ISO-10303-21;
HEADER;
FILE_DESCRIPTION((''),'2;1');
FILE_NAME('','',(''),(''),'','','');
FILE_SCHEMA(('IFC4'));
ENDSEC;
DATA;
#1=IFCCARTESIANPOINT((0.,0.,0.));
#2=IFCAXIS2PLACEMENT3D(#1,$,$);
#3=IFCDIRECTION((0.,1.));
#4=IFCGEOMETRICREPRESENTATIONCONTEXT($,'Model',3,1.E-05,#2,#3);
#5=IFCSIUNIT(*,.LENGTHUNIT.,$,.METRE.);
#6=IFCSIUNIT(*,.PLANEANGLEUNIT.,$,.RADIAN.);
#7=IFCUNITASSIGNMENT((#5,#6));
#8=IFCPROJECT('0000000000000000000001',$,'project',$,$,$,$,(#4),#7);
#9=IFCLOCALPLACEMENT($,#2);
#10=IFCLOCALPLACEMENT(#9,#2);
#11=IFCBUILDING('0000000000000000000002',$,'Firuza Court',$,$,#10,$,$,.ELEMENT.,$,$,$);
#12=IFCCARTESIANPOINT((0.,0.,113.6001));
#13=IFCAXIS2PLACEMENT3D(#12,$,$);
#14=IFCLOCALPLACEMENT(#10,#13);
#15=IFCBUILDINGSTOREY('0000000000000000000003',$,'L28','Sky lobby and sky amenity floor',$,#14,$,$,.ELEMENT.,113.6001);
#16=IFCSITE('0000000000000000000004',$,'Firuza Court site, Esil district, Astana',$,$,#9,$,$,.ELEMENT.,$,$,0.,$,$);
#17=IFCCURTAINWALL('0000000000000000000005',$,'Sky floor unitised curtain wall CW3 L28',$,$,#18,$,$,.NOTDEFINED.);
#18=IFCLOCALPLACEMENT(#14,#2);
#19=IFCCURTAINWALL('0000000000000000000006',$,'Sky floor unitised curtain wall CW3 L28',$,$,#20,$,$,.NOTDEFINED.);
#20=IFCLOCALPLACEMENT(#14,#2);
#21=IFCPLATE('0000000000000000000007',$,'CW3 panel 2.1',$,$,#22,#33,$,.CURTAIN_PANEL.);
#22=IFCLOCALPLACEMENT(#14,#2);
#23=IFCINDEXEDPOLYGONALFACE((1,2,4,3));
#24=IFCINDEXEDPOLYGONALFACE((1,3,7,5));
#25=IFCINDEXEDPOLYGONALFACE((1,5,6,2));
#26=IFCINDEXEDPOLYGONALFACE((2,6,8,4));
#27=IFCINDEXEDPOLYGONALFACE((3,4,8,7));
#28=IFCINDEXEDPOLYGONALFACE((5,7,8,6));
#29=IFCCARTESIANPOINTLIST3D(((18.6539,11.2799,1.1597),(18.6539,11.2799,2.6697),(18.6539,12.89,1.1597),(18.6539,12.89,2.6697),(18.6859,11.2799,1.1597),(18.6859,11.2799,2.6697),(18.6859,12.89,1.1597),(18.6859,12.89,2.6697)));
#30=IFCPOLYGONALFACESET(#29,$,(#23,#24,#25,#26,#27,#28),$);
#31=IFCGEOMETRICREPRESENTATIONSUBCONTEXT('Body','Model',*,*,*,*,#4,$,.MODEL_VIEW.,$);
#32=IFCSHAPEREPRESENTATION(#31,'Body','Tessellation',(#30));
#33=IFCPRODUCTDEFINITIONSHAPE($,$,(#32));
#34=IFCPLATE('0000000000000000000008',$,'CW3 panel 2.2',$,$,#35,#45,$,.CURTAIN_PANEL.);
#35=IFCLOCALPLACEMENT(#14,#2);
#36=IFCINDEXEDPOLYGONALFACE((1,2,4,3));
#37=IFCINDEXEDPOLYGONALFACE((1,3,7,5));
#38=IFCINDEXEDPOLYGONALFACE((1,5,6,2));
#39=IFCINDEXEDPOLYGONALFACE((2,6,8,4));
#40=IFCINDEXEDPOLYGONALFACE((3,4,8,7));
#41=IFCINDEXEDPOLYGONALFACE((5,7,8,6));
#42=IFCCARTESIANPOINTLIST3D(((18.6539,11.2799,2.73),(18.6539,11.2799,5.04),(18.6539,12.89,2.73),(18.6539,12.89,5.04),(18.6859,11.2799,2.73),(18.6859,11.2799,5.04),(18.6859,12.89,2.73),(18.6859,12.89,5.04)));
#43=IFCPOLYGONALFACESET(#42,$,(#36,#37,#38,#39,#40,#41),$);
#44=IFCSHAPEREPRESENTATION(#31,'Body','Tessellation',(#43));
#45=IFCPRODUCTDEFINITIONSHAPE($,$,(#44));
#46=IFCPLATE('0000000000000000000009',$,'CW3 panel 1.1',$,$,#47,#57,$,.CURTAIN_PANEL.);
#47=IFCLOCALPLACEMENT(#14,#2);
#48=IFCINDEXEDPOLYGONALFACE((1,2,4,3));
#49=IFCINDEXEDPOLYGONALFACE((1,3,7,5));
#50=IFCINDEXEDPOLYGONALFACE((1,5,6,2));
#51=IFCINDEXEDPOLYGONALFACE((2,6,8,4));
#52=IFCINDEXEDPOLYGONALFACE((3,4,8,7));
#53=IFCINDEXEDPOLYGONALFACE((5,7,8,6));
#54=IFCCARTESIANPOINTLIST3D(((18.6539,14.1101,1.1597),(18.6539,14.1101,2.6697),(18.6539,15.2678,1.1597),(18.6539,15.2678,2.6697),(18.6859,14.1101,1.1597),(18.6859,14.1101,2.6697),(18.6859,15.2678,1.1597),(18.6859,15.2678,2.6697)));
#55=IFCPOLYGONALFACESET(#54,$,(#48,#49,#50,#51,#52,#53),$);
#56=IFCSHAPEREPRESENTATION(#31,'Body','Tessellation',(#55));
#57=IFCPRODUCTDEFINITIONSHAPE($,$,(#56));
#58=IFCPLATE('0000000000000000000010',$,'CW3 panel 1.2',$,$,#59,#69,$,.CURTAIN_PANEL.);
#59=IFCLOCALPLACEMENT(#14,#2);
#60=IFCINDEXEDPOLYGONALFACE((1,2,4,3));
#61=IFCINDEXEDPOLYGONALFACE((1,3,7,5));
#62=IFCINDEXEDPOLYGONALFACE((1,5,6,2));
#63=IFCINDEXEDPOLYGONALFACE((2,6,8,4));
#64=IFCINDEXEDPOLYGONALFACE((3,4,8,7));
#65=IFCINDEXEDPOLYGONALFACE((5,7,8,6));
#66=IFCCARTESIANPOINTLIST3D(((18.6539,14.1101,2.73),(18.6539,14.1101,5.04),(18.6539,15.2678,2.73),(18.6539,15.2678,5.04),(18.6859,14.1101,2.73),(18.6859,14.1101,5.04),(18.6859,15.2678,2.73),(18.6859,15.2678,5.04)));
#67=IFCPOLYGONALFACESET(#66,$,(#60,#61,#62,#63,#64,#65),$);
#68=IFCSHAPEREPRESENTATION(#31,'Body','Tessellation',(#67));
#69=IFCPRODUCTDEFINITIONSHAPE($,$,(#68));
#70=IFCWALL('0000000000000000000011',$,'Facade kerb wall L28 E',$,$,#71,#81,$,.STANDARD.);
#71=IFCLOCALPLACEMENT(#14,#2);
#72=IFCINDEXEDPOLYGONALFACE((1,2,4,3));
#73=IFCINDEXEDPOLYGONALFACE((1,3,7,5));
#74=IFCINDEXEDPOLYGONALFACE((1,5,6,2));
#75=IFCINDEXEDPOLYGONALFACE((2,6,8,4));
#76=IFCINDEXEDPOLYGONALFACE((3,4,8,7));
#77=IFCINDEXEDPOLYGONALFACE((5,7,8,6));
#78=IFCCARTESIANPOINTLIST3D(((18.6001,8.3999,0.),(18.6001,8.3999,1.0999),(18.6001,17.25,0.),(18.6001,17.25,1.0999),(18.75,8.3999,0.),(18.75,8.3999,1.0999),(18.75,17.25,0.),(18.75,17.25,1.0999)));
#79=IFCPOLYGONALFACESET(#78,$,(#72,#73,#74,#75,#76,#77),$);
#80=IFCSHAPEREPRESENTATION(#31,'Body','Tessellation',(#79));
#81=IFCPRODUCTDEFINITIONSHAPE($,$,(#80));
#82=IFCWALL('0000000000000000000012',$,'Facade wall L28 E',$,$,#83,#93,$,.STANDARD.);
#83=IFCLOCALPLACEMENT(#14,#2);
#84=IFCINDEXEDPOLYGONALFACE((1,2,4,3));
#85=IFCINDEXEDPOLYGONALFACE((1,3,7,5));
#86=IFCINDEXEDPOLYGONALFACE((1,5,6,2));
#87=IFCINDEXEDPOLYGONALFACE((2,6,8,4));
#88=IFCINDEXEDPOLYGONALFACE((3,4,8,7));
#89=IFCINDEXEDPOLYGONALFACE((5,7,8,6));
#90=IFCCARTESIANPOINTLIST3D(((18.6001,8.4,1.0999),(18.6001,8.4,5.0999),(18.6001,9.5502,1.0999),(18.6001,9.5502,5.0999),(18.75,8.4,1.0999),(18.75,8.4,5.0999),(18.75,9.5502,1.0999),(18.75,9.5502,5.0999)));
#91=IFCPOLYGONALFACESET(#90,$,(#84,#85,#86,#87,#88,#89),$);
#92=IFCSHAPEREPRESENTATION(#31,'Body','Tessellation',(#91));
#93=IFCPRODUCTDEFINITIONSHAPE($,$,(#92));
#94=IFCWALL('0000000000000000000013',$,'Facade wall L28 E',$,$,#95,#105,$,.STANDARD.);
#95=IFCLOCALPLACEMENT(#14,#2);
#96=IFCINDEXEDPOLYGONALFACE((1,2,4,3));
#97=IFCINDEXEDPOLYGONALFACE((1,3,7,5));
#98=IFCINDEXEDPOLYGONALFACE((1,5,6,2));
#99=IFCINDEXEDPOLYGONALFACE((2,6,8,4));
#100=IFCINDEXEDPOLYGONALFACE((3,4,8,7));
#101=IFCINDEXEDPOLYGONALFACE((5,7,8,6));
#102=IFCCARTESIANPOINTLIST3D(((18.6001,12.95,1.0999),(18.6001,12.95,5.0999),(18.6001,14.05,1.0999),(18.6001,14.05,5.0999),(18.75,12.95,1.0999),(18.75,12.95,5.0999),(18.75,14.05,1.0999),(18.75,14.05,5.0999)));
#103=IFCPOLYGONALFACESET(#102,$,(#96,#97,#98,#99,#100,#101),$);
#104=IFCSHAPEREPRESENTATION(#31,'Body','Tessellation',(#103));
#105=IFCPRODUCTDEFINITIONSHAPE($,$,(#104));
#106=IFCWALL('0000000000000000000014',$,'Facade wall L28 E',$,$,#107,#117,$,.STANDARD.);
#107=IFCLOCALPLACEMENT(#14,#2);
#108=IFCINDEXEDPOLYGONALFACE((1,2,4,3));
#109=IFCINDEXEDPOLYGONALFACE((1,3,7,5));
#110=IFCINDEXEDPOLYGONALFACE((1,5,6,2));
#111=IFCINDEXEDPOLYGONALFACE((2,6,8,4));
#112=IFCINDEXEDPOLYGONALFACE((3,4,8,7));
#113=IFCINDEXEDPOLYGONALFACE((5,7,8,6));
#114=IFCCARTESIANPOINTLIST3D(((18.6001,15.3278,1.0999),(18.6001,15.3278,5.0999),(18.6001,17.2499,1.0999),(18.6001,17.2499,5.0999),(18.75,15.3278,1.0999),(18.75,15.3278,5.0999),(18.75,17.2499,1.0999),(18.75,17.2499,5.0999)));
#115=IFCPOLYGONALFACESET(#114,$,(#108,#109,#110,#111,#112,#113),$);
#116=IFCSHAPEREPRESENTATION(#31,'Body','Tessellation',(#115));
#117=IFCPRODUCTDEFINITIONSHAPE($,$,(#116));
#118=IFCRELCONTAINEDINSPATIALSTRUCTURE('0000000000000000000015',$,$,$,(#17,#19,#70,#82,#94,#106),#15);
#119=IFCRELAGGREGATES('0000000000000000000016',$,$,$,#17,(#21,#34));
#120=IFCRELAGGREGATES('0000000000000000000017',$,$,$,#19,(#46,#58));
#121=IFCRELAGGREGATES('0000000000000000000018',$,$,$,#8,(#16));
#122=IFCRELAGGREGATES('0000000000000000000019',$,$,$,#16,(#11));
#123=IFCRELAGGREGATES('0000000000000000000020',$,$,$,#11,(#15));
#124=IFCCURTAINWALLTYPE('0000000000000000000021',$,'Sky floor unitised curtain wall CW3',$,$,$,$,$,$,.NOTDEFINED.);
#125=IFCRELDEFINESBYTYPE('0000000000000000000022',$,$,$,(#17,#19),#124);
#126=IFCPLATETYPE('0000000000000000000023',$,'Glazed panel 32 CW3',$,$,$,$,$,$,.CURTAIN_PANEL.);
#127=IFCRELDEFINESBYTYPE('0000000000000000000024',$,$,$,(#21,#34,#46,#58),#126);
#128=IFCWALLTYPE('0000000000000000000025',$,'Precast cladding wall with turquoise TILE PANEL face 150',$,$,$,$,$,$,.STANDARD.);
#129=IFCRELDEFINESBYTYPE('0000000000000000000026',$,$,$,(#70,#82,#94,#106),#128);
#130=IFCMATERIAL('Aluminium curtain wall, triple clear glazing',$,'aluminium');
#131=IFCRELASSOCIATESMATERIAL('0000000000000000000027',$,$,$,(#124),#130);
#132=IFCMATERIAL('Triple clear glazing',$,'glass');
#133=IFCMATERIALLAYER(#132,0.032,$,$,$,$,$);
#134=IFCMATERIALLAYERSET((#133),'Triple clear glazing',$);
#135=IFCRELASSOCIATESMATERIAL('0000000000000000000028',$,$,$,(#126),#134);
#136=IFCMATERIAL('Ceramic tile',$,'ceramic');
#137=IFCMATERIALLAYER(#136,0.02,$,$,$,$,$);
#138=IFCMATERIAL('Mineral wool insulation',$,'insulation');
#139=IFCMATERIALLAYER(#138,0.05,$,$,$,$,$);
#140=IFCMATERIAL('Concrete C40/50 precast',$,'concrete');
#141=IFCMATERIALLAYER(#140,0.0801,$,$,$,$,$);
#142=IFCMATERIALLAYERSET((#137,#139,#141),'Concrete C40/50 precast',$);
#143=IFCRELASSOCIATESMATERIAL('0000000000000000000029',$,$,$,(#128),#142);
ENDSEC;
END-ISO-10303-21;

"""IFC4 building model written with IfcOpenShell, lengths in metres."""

from ifc_helpers import new_model, si_unit, direction, frame, frame_2d, origin, origin_2d, place, context, subcontext, project, spatial, rectangle, extrude, material, layer, layer_set, type_object, element, aggregate, save


model = new_model("IFC4")

# Units and contexts
model_context = context("Model", 3, precision=1e-05, world=origin(), true_north=direction((0.0, 1.0)))
body_context = subcontext(model_context, "Body", "Model", "MODEL_VIEW")
ifc_project = project(units=[si_unit("LENGTHUNIT", "METRE"), si_unit("PLANEANGLEUNIT", "RADIAN")], contexts=[model_context])

# Site, building, storey
site_placement = place(None, origin())
site = spatial("IfcSite", under=ifc_project, at=site_placement, Name="Firuza Court site, Esil district, Astana", CompositionType="ELEMENT", RefElevation=0.0)
building_placement = place(site_placement, origin())
building = spatial("IfcBuilding", under=site, at=building_placement, Name="Firuza Court", CompositionType="ELEMENT")
storey_placement = place(building_placement, frame((0.0, 0.0, 113.6001)))
storey = spatial("IfcBuildingStorey", under=building, at=storey_placement, Name="L28", Description="Sky lobby and sky amenity floor", CompositionType="ELEMENT", Elevation=113.6001)

# Curtain walls
ifc_material_1 = material(Name="Aluminium curtain wall, triple clear glazing", Category="aluminium")
curtain_wall_type = type_object("IfcCurtainWallType", Name="Sky floor unitised curtain wall CW3", PredefinedType="NOTDEFINED", material=ifc_material_1)
curtain_wall_1_placement = place(storey_placement, origin())
curtain_wall_1 = element("IfcCurtainWall", 1, at=curtain_wall_1_placement, inside=storey, type_object=curtain_wall_type, Name="Sky floor unitised curtain wall CW3 L28", PredefinedType="NOTDEFINED")
curtain_wall_2_placement = place(storey_placement, origin())
curtain_wall_2 = element("IfcCurtainWall", 2, at=curtain_wall_2_placement, inside=storey, type_object=curtain_wall_type, Name="Sky floor unitised curtain wall CW3 L28", PredefinedType="NOTDEFINED")

# Plates
ifc_material_2 = material(Name="Triple clear glazing", Category="glass")
ifc_layer_1 = layer(ifc_material_2, 0.032)
ifc_layer_set_1 = layer_set([ifc_layer_1], Name="Triple clear glazing")
plate_type = type_object("IfcPlateType", Name="Glazed panel 32 CW3", PredefinedType="CURTAIN_PANEL", material=ifc_layer_set_1)
plate_1_placement = place(storey_placement, frame((18.6699, 12.085, 1.1597), z_axis=(0.0, 0.0, 1.0), x_axis=(0.0, 1.0, 0.0)))
plate_1 = element("IfcPlate", 3, at=plate_1_placement, type_object=plate_type, Name="CW3 panel 2.1", PredefinedType="CURTAIN_PANEL", context=body_context, shape_type="SweptSolid", body=[
    extrude(rectangle(XDim=1.6101, YDim=0.032, at=origin_2d()), origin(), (0.0, 0.0, 1.0), 1.51),
])
plate_2_placement = place(storey_placement, frame((18.6699, 12.085, 2.73), z_axis=(0.0, 0.0, 1.0), x_axis=(0.0, 1.0, 0.0)))
plate_2 = element("IfcPlate", 4, at=plate_2_placement, type_object=plate_type, Name="CW3 panel 2.2", PredefinedType="CURTAIN_PANEL", context=body_context, shape_type="SweptSolid", body=[
    extrude(rectangle(XDim=1.6101, YDim=0.032, at=origin_2d()), origin(), (0.0, 0.0, 1.0), 2.3101),
])
aggregate(curtain_wall_1, [plate_1, plate_2])
plate_3_placement = place(storey_placement, frame((18.6699, 14.689, 1.1597), z_axis=(0.0, 0.0, 1.0), x_axis=(0.0, 1.0, 0.0)))
plate_3 = element("IfcPlate", 5, at=plate_3_placement, type_object=plate_type, Name="CW3 panel 1.1", PredefinedType="CURTAIN_PANEL", context=body_context, shape_type="SweptSolid", body=[
    extrude(rectangle(XDim=1.1577, YDim=0.032, at=origin_2d()), origin(), (0.0, 0.0, 1.0), 1.51),
])
plate_4_placement = place(storey_placement, frame((18.6699, 14.689, 2.73), z_axis=(0.0, 0.0, 1.0), x_axis=(0.0, 1.0, 0.0)))
plate_4 = element("IfcPlate", 6, at=plate_4_placement, type_object=plate_type, Name="CW3 panel 1.2", PredefinedType="CURTAIN_PANEL", context=body_context, shape_type="SweptSolid", body=[
    extrude(rectangle(XDim=1.1577, YDim=0.032, at=origin_2d()), origin(), (0.0, 0.0, 1.0), 2.3101),
])
aggregate(curtain_wall_2, [plate_3, plate_4])

# Walls
ifc_material_3 = material(Name="Ceramic tile", Category="ceramic")
ifc_layer_2 = layer(ifc_material_3, 0.02)
ifc_material_4 = material(Name="Mineral wool insulation", Category="insulation")
ifc_layer_3 = layer(ifc_material_4, 0.05)
ifc_material_5 = material(Name="Concrete C40/50 precast", Category="concrete")
ifc_layer_4 = layer(ifc_material_5, 0.0801)
ifc_layer_set_2 = layer_set([ifc_layer_2, ifc_layer_3, ifc_layer_4], Name="Concrete C40/50 precast")
wall_type = type_object("IfcWallType", Name="Precast cladding wall with turquoise TILE PANEL face 150", PredefinedType="STANDARD", material=ifc_layer_set_2)
wall_1_placement = place(storey_placement, frame((18.675, 8.3999, 0.0), z_axis=(0.0, 0.0, 1.0), x_axis=(0.0, 1.0, 0.0)))
element("IfcWall", 7, at=wall_1_placement, inside=storey, type_object=wall_type, Name="Facade kerb wall L28 E", PredefinedType="STANDARD", context=body_context, shape_type="SweptSolid", body=[
    extrude(rectangle(XDim=8.8501, YDim=0.1499, at=frame_2d((4.425, 0.0))), origin(), (0.0, 0.0, 1.0), 1.0999),
])
wall_2_placement = place(storey_placement, frame((18.675, 8.3999, 1.0999), z_axis=(0.0, 0.0, 1.0), x_axis=(0.0, 1.0, 0.0)))
element("IfcWall", 8, at=wall_2_placement, inside=storey, type_object=wall_type, Name="Facade wall L28 E", PredefinedType="STANDARD", context=body_context, shape_type="SweptSolid", body=[
    extrude(rectangle(XDim=1.1501, YDim=0.1499, at=frame_2d((0.5752, 0.0))), origin(), (0.0, 0.0, 1.0), 4.0),
])
wall_3_placement = place(storey_placement, frame((18.675, 12.95, 1.0999), z_axis=(0.0, 0.0, 1.0), x_axis=(0.0, 1.0, 0.0)))
element("IfcWall", 9, at=wall_3_placement, inside=storey, type_object=wall_type, Name="Facade wall L28 E", PredefinedType="STANDARD", context=body_context, shape_type="SweptSolid", body=[
    extrude(rectangle(XDim=1.1001, YDim=0.1499, at=frame_2d((0.55, 0.0))), origin(), (0.0, 0.0, 1.0), 4.0),
])
wall_4_placement = place(storey_placement, frame((18.675, 15.3279, 1.0999), z_axis=(0.0, 0.0, 1.0), x_axis=(0.0, 1.0, 0.0)))
element("IfcWall", 10, at=wall_4_placement, inside=storey, type_object=wall_type, Name="Facade wall L28 E", PredefinedType="STANDARD", context=body_context, shape_type="SweptSolid", body=[
    extrude(rectangle(XDim=1.9221, YDim=0.1499, at=frame_2d((0.9609, 0.0))), origin(), (0.0, 0.0, 1.0), 4.0),
])

save(model, "model.ifc")
